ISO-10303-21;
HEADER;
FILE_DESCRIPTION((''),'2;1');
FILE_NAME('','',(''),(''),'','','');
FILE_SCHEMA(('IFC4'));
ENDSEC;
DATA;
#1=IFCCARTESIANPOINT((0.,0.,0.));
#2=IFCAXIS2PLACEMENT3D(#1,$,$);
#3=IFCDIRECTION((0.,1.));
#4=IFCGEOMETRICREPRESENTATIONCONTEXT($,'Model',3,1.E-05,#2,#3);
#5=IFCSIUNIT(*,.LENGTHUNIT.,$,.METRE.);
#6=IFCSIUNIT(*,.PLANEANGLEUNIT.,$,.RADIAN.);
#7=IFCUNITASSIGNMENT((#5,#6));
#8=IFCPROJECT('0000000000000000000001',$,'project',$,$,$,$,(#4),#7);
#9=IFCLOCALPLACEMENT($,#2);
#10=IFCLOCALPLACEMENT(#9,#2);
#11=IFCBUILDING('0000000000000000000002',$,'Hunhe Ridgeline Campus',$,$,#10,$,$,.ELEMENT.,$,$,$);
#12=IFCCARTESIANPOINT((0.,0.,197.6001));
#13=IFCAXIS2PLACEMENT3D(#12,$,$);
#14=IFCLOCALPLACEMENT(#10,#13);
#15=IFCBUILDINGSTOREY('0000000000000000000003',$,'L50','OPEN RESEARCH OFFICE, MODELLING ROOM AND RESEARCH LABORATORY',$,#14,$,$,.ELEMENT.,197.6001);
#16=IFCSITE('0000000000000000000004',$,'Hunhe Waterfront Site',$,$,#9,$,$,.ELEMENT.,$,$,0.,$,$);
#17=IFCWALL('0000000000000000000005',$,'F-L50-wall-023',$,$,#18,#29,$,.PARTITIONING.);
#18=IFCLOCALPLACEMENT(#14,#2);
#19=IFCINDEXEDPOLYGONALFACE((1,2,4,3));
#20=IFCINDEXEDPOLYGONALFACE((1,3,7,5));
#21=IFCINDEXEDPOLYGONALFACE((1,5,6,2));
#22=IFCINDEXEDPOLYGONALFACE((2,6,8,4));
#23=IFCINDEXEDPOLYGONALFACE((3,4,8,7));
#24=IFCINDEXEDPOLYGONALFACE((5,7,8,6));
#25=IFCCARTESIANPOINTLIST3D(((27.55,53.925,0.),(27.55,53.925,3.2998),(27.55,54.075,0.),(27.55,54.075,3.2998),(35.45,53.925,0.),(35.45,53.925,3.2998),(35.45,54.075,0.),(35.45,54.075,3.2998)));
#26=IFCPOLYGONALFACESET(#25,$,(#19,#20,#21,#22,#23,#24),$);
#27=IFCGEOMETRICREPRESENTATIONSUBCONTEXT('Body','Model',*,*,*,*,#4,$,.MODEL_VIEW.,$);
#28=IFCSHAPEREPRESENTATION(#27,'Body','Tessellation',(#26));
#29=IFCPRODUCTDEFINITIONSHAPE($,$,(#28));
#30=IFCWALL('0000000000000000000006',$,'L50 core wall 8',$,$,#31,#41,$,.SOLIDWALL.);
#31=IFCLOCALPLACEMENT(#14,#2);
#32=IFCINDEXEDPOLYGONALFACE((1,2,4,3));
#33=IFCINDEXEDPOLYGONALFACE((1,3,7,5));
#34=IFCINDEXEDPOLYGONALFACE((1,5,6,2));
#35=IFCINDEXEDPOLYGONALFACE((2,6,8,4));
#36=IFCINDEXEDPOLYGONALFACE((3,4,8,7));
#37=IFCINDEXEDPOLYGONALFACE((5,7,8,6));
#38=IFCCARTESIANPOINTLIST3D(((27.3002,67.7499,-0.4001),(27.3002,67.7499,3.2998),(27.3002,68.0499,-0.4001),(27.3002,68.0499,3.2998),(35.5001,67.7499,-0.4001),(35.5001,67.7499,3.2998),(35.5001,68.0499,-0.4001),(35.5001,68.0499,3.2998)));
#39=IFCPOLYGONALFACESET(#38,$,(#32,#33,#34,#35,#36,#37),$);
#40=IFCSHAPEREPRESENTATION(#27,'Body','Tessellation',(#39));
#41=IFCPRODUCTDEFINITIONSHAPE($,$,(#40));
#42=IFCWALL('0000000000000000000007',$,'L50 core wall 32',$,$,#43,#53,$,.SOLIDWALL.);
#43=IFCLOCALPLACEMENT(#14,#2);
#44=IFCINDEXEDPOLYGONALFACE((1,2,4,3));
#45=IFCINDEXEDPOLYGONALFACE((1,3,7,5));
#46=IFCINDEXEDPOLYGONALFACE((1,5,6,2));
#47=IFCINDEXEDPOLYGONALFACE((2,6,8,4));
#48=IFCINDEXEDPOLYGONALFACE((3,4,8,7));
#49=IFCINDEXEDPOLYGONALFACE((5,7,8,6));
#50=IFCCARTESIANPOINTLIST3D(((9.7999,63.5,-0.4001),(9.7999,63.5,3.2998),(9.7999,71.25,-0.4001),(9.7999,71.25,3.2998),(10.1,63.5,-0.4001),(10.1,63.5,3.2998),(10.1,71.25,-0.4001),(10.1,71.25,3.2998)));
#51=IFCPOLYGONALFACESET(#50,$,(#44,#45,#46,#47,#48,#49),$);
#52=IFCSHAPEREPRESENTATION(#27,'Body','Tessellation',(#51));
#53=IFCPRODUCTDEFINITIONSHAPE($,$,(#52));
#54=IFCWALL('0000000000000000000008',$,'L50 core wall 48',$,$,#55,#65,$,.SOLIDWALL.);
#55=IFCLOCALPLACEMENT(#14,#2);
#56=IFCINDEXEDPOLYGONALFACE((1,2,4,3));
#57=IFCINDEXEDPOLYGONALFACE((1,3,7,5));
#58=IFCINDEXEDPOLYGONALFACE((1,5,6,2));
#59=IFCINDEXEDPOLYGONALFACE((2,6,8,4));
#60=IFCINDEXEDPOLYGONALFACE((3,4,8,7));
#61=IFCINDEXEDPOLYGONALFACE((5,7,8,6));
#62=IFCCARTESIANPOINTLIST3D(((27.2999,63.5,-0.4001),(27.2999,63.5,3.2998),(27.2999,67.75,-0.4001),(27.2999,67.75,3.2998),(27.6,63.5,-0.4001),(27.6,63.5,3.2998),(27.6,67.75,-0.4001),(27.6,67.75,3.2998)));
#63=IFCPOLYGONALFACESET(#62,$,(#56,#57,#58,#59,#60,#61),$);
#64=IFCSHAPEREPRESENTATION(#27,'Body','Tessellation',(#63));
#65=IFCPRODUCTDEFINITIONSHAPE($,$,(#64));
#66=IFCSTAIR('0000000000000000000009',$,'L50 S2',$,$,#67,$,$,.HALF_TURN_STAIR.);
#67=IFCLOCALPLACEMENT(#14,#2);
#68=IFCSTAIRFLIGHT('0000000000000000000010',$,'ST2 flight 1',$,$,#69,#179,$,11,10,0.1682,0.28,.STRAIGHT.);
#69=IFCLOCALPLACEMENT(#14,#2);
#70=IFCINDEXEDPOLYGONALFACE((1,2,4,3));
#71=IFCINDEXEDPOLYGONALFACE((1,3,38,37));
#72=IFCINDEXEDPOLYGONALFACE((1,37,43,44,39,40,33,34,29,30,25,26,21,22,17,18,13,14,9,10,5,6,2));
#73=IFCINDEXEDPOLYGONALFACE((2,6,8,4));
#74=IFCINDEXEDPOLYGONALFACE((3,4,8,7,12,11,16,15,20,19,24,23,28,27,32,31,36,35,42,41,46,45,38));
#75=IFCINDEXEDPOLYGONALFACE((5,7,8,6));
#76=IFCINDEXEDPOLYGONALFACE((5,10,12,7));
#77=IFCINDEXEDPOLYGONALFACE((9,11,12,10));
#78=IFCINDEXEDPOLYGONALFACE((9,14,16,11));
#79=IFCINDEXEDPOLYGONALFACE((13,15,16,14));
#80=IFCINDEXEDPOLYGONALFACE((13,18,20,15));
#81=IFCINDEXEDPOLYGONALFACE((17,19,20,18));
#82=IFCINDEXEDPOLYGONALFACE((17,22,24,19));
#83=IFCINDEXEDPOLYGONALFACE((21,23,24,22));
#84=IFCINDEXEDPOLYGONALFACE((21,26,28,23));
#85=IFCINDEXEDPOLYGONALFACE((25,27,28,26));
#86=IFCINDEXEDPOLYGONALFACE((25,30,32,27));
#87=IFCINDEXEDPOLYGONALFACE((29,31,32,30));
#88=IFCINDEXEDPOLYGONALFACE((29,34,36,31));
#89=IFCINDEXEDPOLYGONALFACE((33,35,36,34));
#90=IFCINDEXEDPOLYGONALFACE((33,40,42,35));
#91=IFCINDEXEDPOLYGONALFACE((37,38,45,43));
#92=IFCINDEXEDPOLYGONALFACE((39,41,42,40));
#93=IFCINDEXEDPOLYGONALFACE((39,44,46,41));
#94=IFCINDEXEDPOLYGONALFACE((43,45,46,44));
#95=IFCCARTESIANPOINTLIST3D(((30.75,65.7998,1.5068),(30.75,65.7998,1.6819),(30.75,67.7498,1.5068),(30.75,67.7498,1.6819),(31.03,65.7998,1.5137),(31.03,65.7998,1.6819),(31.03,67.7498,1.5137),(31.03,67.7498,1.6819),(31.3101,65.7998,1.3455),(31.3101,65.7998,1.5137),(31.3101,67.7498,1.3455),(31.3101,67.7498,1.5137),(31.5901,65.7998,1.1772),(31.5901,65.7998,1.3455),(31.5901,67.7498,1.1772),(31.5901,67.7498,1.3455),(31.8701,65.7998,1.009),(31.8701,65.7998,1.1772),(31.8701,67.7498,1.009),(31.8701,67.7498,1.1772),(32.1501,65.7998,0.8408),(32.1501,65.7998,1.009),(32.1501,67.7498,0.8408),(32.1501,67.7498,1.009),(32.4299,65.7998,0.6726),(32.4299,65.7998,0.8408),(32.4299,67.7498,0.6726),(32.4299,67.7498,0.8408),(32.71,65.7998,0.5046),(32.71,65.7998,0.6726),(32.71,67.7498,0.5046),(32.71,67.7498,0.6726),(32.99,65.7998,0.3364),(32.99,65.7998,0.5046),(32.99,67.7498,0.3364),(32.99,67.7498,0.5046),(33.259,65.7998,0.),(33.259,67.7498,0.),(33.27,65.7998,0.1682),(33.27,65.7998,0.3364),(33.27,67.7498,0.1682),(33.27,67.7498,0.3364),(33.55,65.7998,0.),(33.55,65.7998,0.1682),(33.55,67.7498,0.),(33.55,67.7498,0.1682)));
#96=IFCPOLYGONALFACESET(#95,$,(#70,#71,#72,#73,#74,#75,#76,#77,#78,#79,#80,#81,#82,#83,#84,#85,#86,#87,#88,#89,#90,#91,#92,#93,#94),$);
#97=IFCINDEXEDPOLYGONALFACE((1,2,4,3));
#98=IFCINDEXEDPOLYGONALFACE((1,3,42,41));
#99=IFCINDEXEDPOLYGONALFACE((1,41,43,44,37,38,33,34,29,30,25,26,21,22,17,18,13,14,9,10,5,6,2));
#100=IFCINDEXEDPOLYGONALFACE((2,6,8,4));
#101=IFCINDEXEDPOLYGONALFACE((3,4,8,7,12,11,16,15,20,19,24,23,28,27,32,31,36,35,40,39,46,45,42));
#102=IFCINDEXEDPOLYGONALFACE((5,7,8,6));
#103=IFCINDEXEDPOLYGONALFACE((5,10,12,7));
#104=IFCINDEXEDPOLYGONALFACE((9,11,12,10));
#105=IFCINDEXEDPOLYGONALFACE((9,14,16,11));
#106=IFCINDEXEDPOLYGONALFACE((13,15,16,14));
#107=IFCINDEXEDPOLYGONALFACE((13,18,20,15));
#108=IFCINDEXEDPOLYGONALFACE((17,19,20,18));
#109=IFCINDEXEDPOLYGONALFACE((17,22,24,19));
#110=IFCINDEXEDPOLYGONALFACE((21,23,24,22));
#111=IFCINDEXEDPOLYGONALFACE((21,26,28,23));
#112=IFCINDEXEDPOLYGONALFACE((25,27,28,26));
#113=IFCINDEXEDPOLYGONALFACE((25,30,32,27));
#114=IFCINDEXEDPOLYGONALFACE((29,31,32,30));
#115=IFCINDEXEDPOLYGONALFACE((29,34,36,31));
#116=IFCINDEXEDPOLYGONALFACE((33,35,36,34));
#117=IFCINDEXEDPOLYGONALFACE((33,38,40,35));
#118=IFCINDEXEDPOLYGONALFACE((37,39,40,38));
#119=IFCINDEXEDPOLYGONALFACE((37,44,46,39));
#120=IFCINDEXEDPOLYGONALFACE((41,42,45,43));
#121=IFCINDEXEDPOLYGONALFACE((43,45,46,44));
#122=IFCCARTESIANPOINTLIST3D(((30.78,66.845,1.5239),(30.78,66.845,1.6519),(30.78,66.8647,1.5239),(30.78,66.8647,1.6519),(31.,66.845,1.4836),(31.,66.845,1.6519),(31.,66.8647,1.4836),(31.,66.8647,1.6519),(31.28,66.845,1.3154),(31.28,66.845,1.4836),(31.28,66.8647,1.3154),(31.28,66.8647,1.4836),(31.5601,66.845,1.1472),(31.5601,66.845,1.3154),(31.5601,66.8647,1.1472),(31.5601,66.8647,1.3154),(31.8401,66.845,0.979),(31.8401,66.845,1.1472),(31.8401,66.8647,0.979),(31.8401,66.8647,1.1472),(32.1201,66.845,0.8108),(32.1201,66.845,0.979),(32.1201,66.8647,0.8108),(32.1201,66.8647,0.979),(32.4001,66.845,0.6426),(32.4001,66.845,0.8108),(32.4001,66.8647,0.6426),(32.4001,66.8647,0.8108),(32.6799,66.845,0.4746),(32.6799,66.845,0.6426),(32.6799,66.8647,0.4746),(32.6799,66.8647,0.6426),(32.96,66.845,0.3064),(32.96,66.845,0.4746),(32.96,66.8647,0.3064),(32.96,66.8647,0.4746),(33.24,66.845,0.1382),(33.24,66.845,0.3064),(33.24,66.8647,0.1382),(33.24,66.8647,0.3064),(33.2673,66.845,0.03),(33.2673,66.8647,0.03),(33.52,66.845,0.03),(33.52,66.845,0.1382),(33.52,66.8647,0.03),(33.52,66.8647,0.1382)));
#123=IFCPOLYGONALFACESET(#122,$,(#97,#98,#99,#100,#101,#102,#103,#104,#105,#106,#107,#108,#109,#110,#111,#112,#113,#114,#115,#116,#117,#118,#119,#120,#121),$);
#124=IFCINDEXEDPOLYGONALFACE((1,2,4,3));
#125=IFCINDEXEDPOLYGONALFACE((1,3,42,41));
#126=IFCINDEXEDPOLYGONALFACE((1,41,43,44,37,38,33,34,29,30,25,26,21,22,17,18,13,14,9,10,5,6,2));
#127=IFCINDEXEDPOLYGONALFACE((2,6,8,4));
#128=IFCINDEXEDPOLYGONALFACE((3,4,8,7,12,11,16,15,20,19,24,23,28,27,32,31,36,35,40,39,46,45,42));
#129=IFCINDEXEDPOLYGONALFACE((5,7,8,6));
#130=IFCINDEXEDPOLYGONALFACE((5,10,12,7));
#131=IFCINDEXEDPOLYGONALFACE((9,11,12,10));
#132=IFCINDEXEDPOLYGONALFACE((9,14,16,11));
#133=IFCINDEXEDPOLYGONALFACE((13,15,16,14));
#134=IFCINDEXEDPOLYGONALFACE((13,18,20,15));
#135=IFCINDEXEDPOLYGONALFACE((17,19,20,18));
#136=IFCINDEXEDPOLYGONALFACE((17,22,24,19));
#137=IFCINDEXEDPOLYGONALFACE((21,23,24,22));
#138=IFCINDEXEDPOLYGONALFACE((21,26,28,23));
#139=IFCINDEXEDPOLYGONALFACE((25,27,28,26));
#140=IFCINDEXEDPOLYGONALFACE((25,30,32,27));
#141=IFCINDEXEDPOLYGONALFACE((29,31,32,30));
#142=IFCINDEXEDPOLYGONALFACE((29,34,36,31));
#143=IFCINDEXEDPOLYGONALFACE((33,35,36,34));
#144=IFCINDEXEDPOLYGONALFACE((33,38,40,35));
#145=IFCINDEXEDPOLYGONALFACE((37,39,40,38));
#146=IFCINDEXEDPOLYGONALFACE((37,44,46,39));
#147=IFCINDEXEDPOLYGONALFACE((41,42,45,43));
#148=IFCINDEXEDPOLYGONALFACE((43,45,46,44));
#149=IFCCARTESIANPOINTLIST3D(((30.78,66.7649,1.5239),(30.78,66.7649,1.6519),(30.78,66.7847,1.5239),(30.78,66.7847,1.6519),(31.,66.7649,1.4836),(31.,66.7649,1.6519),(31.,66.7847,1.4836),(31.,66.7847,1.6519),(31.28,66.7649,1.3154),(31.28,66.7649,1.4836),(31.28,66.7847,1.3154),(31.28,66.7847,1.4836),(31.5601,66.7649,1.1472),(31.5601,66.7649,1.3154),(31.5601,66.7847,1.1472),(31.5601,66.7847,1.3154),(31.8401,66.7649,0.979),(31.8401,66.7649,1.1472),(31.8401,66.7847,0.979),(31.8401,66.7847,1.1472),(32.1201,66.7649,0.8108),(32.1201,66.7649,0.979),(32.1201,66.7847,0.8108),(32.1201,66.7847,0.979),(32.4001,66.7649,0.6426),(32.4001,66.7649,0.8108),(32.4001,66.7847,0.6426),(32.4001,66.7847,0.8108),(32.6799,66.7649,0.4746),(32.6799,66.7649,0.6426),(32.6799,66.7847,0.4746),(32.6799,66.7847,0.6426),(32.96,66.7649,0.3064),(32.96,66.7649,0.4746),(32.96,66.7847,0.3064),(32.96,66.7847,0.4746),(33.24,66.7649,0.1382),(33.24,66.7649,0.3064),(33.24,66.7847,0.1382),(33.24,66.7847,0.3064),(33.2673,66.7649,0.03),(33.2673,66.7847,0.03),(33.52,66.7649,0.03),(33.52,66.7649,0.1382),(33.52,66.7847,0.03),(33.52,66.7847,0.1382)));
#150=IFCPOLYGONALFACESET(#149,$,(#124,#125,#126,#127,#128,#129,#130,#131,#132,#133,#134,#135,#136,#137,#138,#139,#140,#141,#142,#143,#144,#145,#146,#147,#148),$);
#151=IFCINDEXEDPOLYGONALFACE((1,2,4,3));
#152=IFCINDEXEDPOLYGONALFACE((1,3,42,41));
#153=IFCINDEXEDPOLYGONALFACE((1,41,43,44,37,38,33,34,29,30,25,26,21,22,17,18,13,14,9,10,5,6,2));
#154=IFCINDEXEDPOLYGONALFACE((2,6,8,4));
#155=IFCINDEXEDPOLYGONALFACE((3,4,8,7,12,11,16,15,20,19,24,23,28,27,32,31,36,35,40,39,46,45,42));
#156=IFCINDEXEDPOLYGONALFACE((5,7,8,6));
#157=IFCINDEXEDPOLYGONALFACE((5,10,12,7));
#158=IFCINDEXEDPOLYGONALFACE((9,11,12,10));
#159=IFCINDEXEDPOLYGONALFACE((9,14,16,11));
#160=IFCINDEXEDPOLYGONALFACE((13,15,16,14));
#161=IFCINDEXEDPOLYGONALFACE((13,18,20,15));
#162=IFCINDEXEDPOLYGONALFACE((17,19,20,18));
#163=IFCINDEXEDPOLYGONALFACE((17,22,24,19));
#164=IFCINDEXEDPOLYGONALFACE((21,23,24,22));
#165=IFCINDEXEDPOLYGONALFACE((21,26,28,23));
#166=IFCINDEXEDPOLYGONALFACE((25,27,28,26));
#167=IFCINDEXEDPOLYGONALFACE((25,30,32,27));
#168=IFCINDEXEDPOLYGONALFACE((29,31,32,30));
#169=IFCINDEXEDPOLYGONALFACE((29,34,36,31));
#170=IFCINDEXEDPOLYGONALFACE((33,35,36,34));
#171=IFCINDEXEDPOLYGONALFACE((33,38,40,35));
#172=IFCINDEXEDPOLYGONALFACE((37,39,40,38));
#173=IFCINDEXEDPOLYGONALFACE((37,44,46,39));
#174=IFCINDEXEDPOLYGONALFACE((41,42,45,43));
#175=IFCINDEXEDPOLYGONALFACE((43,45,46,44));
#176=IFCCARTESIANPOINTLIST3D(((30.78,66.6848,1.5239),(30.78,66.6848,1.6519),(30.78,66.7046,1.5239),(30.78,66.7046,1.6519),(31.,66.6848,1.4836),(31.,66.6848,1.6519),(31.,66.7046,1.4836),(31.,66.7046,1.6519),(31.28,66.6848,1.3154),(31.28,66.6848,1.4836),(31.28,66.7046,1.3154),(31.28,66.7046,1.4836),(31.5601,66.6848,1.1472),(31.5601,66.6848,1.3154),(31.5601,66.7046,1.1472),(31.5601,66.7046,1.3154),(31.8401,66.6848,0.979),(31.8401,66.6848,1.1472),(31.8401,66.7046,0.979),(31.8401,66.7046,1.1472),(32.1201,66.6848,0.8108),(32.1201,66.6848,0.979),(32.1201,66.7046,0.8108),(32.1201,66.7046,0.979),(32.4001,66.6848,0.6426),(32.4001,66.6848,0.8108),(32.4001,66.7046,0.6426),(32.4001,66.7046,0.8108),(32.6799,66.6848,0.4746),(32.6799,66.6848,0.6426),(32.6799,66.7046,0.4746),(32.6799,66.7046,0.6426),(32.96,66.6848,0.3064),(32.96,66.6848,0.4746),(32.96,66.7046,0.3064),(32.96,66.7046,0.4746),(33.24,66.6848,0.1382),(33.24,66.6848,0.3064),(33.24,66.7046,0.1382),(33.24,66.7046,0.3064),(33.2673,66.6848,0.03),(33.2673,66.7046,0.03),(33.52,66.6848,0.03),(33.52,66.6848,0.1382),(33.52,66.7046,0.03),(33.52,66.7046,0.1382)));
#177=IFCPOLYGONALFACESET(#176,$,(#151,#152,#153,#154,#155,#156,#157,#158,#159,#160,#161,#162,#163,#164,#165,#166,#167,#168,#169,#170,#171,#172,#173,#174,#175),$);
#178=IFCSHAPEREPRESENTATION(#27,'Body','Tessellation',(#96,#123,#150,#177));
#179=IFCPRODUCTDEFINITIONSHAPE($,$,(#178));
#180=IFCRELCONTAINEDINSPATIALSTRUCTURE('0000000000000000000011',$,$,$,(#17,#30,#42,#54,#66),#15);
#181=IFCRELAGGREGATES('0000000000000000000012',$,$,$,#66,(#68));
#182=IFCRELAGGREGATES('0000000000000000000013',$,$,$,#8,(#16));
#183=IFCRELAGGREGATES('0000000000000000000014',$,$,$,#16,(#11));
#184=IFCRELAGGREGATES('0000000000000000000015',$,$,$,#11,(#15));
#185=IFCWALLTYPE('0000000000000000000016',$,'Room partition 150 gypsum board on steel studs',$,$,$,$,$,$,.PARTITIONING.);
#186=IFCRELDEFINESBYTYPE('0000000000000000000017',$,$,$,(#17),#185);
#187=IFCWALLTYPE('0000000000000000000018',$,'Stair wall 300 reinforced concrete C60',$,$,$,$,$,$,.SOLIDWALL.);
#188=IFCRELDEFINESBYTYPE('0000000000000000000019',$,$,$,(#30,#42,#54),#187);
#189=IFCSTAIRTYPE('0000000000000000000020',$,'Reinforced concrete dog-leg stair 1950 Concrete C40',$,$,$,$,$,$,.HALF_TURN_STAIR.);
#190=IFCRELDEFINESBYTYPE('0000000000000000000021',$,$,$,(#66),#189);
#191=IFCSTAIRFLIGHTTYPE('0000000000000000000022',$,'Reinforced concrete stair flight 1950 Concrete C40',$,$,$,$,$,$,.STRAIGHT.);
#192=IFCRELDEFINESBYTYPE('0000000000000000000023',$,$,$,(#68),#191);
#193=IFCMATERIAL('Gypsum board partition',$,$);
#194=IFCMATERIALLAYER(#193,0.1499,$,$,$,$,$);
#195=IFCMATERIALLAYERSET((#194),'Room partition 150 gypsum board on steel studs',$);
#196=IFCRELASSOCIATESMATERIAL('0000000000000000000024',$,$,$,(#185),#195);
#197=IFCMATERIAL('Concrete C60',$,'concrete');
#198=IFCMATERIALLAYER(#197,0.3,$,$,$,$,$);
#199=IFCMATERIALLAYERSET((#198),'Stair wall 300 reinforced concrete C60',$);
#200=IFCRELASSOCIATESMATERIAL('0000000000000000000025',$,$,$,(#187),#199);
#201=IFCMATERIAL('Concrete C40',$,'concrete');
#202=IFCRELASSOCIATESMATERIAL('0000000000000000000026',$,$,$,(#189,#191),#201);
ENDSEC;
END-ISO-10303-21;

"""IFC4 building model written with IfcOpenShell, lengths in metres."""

from ifc_helpers import new_model, si_unit, direction, frame, frame_2d, origin, place, context, subcontext, project, spatial, polyline, rectangle, outline, extrude, material, layer, layer_set, type_object, element, aggregate, save


model = new_model("IFC4")

# Units and contexts
model_context = context("Model", 3, precision=1e-05, world=origin(), true_north=direction((0.0, 1.0)))
body_context = subcontext(model_context, "Body", "Model", "MODEL_VIEW")
ifc_project = project(units=[si_unit("LENGTHUNIT", "METRE"), si_unit("PLANEANGLEUNIT", "RADIAN")], contexts=[model_context])

# Site, building, storey
site_placement = place(None, origin())
site = spatial("IfcSite", under=ifc_project, at=site_placement, Name="Hunhe Waterfront Site", CompositionType="ELEMENT", RefElevation=0.0)
building_placement = place(site_placement, origin())
building = spatial("IfcBuilding", under=site, at=building_placement, Name="Hunhe Ridgeline Campus", CompositionType="ELEMENT")
storey_placement = place(building_placement, frame((0.0, 0.0, 197.6001)))
storey = spatial("IfcBuildingStorey", under=building, at=storey_placement, Name="L50", Description="OPEN RESEARCH OFFICE, MODELLING ROOM AND RESEARCH LABORATORY", CompositionType="ELEMENT", Elevation=197.6001)

# Shared definitions
ifc_material_1 = material(Name="Concrete C60", Category="concrete")

# Shared definitions
ifc_material_2 = material(Name="Gypsum board partition")

# Walls
ifc_layer_1 = layer(ifc_material_2, 0.1499)
ifc_layer_set_1 = layer_set([ifc_layer_1], Name="Room partition 150 gypsum board on steel studs")
wall_type_1 = type_object("IfcWallType", Name="Room partition 150 gypsum board on steel studs", PredefinedType="PARTITIONING", material=ifc_layer_set_1)
wall_1_placement = place(storey_placement, frame((27.55, 54.0, 0.0), z_axis=(0.0, 0.0, 1.0), x_axis=(1.0, 0.0, 0.0)))
element("IfcWall", 1, at=wall_1_placement, inside=storey, type_object=wall_type_1, Name="F-L50-wall-023", PredefinedType="PARTITIONING", context=body_context, shape_type="SweptSolid", body=[
    extrude(rectangle(XDim=7.8999, YDim=0.1499, at=frame_2d((3.95, 0.0))), origin(), (0.0, 0.0, 1.0), 3.2998),
])
ifc_layer_2 = layer(ifc_material_1, 0.3)
ifc_layer_set_2 = layer_set([ifc_layer_2], Name="Stair wall 300 reinforced concrete C60")
wall_type_2 = type_object("IfcWallType", Name="Stair wall 300 reinforced concrete C60", PredefinedType="SOLIDWALL", material=ifc_layer_set_2)
wall_2_placement = place(storey_placement, frame((27.3, 67.8999, -0.4001), z_axis=(0.0, 0.0, 1.0), x_axis=(1.0, 0.0, 0.0)))
element("IfcWall", 2, at=wall_2_placement, inside=storey, type_object=wall_type_2, Name="L50 core wall 8", PredefinedType="SOLIDWALL", context=body_context, shape_type="SweptSolid", body=[
    extrude(rectangle(XDim=8.2, YDim=0.3, at=frame_2d((4.1001, 0.0))), origin(), (0.0, 0.0, 1.0), 3.7),
])
wall_3_placement = place(storey_placement, frame((9.95, 63.5, -0.4001), z_axis=(0.0, 0.0, 1.0), x_axis=(0.0, 1.0, 0.0)))
element("IfcWall", 3, at=wall_3_placement, inside=storey, type_object=wall_type_2, Name="L50 core wall 32", PredefinedType="SOLIDWALL", context=body_context, shape_type="SweptSolid", body=[
    extrude(rectangle(XDim=7.75, YDim=0.3, at=frame_2d((3.875, 0.0))), origin(), (0.0, 0.0, 1.0), 3.7),
])
wall_4_placement = place(storey_placement, frame((27.45, 63.5, -0.4001), z_axis=(0.0, 0.0, 1.0), x_axis=(0.0, 1.0, 0.0)))
element("IfcWall", 4, at=wall_4_placement, inside=storey, type_object=wall_type_2, Name="L50 core wall 48", PredefinedType="SOLIDWALL", context=body_context, shape_type="SweptSolid", body=[
    extrude(rectangle(XDim=4.25, YDim=0.3, at=frame_2d((2.125, 0.0))), origin(), (0.0, 0.0, 1.0), 3.7),
])

# Stair, stair flight
ifc_material_3 = material(Name="Concrete C40", Category="concrete")
stair_type = type_object("IfcStairType", Name="Reinforced concrete dog-leg stair 1950 Concrete C40", PredefinedType="HALF_TURN_STAIR", material=ifc_material_3)
stair_placement = place(storey_placement, origin())
stair = element("IfcStair", 5, at=stair_placement, inside=storey, type_object=stair_type, Name="L50 S2", PredefinedType="HALF_TURN_STAIR")
stair_flight_type = type_object("IfcStairFlightType", Name="Reinforced concrete stair flight 1950 Concrete C40", PredefinedType="STRAIGHT", material=ifc_material_3)
stair_flight_1_placement = place(storey_placement, frame((33.55, 66.7749, 0.0), z_axis=(0.0, 0.0, 1.0), x_axis=(-1.0, 0.0, 0.0)))
stair_flight_1 = element("IfcStairFlight", 6, at=stair_flight_1_placement, type_object=stair_flight_type, Name="ST2 flight 1", NumberOfRisers=11, NumberOfTreads=10, PredefinedType="STRAIGHT", RiserHeight=0.1682, TreadLength=0.28, context=body_context, shape_type="SweptSolid", body=[
    extrude(outline(polyline([(0.0, 0.0), (0.0, 0.1682), (0.28, 0.1682), (0.28, 0.3364), (0.5601, 0.3364), (0.5601, 0.5046), (0.8401, 0.5046), (0.8401, 0.6726), (1.1201, 0.6726), (1.1201, 0.8408), (1.3999, 0.8408), (1.3999, 1.009), (1.6799, 1.009), (1.6799, 1.1772), (1.96, 1.1772), (1.96, 1.3455), (2.24, 1.3455), (2.24, 1.5137), (2.52, 1.5137), (2.52, 1.6819), (2.8, 1.6819), (2.8, 1.8501), (2.8, 1.5068), (0.291, 0.0), (0.0, 0.0)])), frame((0.0, 0.9751, 0.0), z_axis=(0.0, -1.0, 0.0), x_axis=(1.0, 0.0, 0.0)), (0.0, 0.0, 1.0), 1.95),
    extrude(outline(polyline([(0.03, 0.03), (0.03, 0.1382), (0.3101, 0.1382), (0.3101, 0.3064), (0.5901, 0.3064), (0.5901, 0.4746), (0.8701, 0.4746), (0.8701, 0.6426), (1.1499, 0.6426), (1.1499, 0.8108), (1.4299, 0.8108), (1.4299, 0.979), (1.71, 0.979), (1.71, 1.1472), (1.99, 1.1472), (1.99, 1.3154), (2.27, 1.3154), (2.27, 1.4836), (2.55, 1.4836), (2.55, 1.6519), (2.77, 1.6519), (2.77, 1.5239), (0.2827, 0.03), (0.03, 0.03)])), frame((0.0, -0.0701, 0.0), z_axis=(0.0, -1.0, 0.0), x_axis=(1.0, 0.0, 0.0)), (0.0, 0.0, 1.0), 0.0198),
    extrude(outline(polyline([(0.03, 0.03), (0.03, 0.1382), (0.3101, 0.1382), (0.3101, 0.3064), (0.5901, 0.3064), (0.5901, 0.4746), (0.8701, 0.4746), (0.8701, 0.6426), (1.1499, 0.6426), (1.1499, 0.8108), (1.4299, 0.8108), (1.4299, 0.979), (1.71, 0.979), (1.71, 1.1472), (1.99, 1.1472), (1.99, 1.3154), (2.27, 1.3154), (2.27, 1.4836), (2.55, 1.4836), (2.55, 1.6519), (2.77, 1.6519), (2.77, 1.5239), (0.2827, 0.03), (0.03, 0.03)])), frame((0.0, 0.01, 0.0), z_axis=(0.0, -1.0, 0.0), x_axis=(1.0, 0.0, 0.0)), (0.0, 0.0, 1.0), 0.0198),
    extrude(outline(polyline([(0.03, 0.03), (0.03, 0.1382), (0.3101, 0.1382), (0.3101, 0.3064), (0.5901, 0.3064), (0.5901, 0.4746), (0.8701, 0.4746), (0.8701, 0.6426), (1.1499, 0.6426), (1.1499, 0.8108), (1.4299, 0.8108), (1.4299, 0.979), (1.71, 0.979), (1.71, 1.1472), (1.99, 1.1472), (1.99, 1.3154), (2.27, 1.3154), (2.27, 1.4836), (2.55, 1.4836), (2.55, 1.6519), (2.77, 1.6519), (2.77, 1.5239), (0.2827, 0.03), (0.03, 0.03)])), frame((0.0, 0.0901, 0.0), z_axis=(0.0, -1.0, 0.0), x_axis=(1.0, 0.0, 0.0)), (0.0, 0.0, 1.0), 0.0198),
])
aggregate(stair, [stair_flight_1])

save(model, "model.ifc")
